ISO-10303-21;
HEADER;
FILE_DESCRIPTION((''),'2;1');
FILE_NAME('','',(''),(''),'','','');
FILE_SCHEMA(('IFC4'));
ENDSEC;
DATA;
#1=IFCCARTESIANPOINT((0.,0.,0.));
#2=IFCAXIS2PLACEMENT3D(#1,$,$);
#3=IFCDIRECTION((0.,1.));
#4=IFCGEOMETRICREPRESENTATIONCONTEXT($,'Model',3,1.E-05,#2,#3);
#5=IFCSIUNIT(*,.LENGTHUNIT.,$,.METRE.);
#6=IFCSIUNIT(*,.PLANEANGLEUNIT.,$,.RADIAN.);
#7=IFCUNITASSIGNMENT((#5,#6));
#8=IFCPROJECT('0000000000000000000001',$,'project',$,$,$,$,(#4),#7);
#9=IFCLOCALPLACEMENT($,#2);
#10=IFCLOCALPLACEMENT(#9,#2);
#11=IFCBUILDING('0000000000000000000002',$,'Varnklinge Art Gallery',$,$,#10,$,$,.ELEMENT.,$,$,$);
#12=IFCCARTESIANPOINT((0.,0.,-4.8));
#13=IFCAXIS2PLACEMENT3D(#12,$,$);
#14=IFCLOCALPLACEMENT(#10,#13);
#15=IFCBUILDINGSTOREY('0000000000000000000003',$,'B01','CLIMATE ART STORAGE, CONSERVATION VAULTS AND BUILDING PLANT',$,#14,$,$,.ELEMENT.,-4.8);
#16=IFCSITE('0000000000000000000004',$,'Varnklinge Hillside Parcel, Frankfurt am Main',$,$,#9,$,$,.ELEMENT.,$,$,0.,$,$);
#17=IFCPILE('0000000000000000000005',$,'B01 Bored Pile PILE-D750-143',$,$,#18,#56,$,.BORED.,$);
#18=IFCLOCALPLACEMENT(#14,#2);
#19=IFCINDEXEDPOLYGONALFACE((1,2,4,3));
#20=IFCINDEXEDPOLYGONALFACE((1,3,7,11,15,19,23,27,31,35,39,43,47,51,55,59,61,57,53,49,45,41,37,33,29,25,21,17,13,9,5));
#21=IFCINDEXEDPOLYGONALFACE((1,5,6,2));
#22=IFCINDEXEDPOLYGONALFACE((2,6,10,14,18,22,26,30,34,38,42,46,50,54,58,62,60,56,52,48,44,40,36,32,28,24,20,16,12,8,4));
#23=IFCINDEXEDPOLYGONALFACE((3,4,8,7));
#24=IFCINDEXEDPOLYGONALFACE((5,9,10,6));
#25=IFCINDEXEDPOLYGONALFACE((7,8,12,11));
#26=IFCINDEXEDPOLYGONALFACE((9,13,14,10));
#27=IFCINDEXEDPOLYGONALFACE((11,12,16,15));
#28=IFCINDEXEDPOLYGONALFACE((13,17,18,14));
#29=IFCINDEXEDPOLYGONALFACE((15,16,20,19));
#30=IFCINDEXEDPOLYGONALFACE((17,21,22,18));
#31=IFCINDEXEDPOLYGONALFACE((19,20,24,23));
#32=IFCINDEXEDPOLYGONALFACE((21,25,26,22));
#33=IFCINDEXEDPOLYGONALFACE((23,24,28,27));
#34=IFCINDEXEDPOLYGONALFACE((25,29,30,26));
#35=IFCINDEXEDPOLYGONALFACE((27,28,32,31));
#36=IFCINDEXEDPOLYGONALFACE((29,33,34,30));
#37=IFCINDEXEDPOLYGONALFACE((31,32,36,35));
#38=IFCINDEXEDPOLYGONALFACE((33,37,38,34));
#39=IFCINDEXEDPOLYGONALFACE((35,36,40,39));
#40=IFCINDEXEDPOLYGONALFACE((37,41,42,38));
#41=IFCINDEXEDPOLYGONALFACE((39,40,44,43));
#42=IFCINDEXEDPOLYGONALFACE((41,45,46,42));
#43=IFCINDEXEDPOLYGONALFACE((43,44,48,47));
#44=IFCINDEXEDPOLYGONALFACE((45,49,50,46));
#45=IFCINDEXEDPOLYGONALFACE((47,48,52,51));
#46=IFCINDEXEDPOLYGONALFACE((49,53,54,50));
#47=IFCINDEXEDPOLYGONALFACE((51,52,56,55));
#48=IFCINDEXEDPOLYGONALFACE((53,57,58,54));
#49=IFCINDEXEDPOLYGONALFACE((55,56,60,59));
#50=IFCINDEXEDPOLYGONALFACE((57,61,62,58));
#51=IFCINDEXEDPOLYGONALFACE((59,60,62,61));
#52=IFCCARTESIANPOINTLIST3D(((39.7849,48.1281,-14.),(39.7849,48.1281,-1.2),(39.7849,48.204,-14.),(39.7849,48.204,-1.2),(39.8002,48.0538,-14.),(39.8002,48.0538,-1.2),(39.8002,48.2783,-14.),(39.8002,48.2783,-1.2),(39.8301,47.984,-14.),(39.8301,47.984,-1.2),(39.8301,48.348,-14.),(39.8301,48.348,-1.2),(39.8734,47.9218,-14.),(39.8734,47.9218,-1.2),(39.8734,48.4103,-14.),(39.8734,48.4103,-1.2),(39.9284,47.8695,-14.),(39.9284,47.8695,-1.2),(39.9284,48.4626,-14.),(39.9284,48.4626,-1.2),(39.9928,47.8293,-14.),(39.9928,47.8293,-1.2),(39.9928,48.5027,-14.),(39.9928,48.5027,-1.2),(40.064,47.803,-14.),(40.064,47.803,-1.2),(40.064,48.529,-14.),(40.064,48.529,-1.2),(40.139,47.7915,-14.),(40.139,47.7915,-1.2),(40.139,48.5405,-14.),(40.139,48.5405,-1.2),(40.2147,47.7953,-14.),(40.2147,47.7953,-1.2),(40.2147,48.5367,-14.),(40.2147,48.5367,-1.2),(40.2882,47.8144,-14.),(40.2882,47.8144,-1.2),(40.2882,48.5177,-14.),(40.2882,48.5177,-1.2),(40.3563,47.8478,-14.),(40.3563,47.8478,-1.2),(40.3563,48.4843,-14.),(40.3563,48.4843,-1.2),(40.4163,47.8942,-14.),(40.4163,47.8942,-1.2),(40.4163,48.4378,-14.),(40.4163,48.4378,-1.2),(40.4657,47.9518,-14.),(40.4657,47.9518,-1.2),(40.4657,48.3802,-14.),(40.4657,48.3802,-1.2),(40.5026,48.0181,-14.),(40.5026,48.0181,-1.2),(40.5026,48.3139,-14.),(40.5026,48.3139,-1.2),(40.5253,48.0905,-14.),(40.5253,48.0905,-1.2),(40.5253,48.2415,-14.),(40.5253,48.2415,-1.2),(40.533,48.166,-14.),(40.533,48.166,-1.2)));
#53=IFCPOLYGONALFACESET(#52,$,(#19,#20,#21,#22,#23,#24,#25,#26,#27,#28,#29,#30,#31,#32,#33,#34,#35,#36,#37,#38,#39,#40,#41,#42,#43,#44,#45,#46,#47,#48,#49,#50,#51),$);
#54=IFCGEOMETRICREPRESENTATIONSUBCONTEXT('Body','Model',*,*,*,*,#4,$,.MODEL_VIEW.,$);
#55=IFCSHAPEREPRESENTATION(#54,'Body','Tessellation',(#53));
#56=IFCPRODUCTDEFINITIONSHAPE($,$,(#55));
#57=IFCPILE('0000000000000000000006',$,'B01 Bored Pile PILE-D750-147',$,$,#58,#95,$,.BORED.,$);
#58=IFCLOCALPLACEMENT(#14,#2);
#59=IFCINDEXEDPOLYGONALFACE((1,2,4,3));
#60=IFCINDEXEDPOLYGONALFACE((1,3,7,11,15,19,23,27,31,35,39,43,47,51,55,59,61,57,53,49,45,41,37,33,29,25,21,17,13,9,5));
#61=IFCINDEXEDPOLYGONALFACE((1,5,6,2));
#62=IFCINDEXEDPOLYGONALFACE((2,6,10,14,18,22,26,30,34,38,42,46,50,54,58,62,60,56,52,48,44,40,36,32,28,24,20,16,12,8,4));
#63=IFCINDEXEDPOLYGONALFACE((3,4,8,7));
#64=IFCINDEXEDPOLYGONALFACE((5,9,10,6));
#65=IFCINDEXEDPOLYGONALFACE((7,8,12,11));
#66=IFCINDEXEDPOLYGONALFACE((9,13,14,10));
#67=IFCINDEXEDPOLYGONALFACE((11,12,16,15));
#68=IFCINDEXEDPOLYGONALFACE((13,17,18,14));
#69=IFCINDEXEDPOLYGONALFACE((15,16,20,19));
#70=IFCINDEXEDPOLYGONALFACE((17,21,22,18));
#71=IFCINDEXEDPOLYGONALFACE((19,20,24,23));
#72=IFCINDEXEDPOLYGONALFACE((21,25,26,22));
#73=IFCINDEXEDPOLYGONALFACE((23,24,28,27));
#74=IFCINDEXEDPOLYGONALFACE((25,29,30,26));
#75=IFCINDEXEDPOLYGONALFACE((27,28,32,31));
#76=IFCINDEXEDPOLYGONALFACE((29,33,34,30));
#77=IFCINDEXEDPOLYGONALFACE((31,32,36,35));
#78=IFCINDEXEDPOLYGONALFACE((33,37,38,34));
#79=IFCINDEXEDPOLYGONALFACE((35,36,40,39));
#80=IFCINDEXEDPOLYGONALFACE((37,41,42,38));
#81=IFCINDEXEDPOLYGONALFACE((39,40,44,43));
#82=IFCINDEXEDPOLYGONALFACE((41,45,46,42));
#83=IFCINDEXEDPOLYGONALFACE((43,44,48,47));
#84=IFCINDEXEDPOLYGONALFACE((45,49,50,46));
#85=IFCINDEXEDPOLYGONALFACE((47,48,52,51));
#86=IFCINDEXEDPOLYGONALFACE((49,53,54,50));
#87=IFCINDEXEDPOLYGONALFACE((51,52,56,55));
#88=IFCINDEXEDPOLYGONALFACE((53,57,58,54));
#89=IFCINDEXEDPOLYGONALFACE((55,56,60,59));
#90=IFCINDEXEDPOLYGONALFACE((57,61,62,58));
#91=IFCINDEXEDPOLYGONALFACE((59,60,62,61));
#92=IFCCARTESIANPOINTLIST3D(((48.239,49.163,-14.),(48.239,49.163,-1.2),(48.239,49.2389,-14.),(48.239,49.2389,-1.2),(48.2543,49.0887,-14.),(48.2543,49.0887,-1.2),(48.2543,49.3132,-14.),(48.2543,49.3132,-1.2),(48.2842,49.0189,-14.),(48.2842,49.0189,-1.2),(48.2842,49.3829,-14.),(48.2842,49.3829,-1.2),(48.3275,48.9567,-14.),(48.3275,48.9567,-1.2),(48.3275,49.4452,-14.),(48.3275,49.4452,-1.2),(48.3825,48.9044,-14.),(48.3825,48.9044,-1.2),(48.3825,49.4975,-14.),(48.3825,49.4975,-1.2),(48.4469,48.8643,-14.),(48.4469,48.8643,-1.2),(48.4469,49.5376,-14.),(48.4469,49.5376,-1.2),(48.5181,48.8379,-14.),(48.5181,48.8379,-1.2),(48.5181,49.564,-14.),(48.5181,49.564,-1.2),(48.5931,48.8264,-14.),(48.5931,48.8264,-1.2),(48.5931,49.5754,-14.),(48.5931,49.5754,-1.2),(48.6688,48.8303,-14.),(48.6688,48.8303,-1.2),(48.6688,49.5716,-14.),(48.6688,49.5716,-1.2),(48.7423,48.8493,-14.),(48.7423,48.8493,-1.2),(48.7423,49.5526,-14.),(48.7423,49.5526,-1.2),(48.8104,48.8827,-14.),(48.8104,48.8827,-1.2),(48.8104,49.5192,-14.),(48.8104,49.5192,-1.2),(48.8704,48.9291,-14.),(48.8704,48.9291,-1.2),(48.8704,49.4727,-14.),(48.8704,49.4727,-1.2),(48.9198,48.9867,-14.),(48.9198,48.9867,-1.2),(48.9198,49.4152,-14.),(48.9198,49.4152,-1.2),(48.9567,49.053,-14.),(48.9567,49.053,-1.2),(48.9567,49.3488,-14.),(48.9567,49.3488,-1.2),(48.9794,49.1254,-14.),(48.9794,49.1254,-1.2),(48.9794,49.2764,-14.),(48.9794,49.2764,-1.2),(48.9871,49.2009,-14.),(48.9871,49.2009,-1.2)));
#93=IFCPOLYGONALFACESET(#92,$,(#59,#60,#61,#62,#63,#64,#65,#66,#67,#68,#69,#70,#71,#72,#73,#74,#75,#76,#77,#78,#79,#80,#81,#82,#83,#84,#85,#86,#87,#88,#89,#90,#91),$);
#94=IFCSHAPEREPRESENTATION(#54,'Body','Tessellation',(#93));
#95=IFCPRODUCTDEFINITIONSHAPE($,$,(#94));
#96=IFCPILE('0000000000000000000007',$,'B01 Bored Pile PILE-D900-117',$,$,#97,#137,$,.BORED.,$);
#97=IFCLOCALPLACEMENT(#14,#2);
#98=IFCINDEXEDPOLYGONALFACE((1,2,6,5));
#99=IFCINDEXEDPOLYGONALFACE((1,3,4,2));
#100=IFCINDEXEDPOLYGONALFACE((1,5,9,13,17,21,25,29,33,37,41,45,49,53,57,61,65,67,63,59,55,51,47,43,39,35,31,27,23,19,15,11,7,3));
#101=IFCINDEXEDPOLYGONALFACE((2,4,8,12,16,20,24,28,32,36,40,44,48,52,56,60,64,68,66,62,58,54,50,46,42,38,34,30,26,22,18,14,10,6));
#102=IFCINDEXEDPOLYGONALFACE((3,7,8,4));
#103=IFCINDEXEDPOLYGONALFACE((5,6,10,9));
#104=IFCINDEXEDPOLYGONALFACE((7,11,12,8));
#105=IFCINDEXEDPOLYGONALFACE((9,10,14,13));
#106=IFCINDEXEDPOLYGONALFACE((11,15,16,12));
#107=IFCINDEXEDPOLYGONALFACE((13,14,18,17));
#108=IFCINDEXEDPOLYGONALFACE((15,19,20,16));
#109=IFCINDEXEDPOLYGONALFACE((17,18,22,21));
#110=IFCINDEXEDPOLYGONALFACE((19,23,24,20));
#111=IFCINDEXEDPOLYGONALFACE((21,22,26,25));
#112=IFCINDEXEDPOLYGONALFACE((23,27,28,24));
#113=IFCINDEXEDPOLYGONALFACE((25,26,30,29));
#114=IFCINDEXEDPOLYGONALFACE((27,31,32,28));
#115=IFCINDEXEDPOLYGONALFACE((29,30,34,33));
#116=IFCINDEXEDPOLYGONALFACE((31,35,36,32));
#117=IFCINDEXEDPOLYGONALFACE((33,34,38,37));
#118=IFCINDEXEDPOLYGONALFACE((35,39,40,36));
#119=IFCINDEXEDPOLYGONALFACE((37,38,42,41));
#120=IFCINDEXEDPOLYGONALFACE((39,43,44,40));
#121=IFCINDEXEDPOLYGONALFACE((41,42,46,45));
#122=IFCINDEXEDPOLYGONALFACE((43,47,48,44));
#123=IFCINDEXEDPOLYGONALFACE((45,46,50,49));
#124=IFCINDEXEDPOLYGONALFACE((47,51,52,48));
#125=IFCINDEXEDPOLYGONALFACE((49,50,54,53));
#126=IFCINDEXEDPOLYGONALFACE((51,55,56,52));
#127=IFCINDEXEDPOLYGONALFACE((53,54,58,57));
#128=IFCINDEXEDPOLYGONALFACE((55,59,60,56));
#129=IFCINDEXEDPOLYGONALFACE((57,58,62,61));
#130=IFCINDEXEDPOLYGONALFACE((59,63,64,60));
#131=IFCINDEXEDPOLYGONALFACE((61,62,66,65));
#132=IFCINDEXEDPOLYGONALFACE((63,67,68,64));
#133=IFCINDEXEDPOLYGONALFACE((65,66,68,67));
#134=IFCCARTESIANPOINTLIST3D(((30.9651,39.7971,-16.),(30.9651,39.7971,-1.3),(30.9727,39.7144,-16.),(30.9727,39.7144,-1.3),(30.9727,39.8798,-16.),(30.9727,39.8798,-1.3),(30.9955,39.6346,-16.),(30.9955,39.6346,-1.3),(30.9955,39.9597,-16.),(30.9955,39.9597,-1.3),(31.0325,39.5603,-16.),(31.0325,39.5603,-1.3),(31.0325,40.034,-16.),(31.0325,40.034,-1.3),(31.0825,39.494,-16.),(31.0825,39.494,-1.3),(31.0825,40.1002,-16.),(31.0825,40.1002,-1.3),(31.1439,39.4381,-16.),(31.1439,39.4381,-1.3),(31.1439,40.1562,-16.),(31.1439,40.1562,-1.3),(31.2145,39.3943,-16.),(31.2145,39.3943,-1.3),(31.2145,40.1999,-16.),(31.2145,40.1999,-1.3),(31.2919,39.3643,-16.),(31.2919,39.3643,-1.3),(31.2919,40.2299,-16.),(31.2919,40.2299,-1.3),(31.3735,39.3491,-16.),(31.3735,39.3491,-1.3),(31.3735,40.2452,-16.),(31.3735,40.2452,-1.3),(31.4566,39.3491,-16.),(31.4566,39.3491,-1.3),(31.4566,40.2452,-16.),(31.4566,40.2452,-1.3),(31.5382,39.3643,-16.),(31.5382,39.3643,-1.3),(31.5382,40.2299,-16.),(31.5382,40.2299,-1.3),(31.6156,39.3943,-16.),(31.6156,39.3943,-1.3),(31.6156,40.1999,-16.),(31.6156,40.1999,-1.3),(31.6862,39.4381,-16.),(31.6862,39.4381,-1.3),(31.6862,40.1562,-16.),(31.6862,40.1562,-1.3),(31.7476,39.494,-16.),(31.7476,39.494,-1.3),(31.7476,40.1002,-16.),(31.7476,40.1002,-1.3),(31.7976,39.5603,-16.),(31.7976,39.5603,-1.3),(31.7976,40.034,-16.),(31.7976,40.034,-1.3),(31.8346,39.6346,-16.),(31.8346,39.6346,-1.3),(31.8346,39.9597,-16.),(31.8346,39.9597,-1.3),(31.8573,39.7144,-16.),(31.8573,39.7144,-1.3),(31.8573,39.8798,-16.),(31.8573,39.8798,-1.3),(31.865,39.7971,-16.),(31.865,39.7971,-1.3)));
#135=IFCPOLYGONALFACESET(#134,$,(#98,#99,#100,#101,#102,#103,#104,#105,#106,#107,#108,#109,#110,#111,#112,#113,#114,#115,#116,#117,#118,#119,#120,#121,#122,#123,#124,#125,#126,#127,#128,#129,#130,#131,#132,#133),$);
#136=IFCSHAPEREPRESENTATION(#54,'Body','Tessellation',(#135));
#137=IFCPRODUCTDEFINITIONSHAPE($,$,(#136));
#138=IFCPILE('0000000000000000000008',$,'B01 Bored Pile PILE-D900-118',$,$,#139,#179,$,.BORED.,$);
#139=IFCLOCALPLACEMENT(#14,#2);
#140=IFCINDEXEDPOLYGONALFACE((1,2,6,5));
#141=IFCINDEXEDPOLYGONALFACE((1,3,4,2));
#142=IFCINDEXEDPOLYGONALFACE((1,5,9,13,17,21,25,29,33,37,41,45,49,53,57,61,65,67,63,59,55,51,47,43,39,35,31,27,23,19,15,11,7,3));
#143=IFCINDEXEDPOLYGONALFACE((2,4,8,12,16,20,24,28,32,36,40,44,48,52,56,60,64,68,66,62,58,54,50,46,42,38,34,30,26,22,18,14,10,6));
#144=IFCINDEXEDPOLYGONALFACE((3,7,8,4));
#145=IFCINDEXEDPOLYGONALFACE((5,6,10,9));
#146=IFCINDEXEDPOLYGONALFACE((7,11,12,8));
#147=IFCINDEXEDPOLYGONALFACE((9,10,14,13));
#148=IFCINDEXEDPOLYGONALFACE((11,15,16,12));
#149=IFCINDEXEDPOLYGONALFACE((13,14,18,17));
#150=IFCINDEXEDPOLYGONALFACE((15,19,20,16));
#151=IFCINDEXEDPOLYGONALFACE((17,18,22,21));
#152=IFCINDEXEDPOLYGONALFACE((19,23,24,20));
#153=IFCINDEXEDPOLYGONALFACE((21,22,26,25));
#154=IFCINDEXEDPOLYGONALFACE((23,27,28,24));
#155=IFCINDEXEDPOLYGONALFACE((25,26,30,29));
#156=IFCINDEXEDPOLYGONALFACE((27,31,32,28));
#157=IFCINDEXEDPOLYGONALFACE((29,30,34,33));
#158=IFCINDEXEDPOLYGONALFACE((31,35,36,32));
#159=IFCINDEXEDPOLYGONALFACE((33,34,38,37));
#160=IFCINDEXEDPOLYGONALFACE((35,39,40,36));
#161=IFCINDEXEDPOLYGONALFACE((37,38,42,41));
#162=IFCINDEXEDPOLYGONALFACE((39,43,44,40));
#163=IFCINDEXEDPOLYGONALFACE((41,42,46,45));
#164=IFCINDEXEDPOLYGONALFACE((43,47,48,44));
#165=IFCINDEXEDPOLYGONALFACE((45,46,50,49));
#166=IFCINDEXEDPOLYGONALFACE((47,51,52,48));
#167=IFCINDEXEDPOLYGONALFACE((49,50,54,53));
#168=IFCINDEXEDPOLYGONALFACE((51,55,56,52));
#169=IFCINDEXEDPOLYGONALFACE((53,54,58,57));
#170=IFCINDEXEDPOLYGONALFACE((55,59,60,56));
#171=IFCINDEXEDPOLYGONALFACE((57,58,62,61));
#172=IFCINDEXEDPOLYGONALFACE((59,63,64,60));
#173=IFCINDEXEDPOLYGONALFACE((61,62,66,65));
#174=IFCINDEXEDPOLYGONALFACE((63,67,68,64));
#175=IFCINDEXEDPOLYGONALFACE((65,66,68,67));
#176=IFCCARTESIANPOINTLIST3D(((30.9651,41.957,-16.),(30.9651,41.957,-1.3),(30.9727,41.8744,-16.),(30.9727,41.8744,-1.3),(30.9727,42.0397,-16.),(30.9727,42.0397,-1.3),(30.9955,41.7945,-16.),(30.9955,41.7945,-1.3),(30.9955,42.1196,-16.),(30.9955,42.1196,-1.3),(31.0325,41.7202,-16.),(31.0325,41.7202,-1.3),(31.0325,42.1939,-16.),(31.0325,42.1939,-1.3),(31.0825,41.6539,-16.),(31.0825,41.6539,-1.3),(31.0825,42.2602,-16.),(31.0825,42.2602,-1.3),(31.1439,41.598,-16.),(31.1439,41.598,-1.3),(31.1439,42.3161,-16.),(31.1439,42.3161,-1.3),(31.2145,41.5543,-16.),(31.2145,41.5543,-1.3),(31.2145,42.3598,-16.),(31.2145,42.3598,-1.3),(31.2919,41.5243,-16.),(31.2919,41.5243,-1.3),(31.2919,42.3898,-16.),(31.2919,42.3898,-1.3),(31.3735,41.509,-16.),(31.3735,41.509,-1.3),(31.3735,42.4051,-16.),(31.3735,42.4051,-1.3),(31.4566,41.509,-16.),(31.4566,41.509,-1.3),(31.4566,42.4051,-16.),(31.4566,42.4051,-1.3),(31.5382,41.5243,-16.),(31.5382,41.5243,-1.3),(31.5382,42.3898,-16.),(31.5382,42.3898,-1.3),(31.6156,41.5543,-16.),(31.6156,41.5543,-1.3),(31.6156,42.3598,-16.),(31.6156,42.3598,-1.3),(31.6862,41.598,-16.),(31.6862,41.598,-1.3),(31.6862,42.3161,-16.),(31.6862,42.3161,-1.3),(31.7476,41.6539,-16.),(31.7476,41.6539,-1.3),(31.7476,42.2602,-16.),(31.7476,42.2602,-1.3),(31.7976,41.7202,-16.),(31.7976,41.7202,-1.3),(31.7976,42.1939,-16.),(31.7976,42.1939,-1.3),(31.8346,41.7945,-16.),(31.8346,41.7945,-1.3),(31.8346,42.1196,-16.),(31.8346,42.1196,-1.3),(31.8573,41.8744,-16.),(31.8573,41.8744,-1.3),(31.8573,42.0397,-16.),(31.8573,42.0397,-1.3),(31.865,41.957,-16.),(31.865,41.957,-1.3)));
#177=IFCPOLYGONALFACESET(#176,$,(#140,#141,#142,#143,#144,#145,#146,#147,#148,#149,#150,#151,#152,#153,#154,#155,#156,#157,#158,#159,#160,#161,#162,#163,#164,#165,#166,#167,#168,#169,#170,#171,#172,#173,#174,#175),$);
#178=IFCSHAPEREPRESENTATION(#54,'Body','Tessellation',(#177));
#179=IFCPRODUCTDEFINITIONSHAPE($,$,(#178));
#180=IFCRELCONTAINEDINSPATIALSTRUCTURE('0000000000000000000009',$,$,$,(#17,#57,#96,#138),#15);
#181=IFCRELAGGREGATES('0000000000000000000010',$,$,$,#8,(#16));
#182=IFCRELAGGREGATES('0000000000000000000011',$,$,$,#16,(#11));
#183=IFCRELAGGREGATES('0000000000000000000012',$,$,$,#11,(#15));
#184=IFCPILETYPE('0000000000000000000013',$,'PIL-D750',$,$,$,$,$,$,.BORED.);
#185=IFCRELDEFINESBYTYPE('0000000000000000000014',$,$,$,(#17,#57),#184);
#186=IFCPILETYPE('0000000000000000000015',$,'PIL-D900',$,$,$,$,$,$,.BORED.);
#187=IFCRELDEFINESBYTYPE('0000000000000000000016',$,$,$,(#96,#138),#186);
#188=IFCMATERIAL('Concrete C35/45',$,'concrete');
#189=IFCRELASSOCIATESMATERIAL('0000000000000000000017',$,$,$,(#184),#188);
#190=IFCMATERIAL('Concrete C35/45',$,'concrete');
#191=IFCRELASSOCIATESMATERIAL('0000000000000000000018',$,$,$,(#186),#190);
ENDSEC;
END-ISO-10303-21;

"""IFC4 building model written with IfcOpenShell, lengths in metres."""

from ifc_helpers import new_model, si_unit, direction, frame, origin, origin_2d, place, context, subcontext, project, spatial, circle, extrude, material, material_profile, profile_set, type_object, element, save


model = new_model("IFC4")

# Units and contexts
model_context = context("Model", 3, precision=1e-05, world=origin(), true_north=direction((0.0, 1.0)))
body_context = subcontext(model_context, "Body", "Model", "MODEL_VIEW")
ifc_project = project(units=[si_unit("LENGTHUNIT", "METRE"), si_unit("PLANEANGLEUNIT", "RADIAN")], contexts=[model_context])

# Site, building, storey
site_placement = place(None, origin())
site = spatial("IfcSite", under=ifc_project, at=site_placement, Name="Varnklinge Hillside Parcel, Frankfurt am Main", CompositionType="ELEMENT", RefElevation=0.0)
building_placement = place(site_placement, origin())
building = spatial("IfcBuilding", under=site, at=building_placement, Name="Varnklinge Art Gallery", CompositionType="ELEMENT")
storey_placement = place(building_placement, frame((0.0, 0.0, -4.8)))
storey = spatial("IfcBuildingStorey", under=building, at=storey_placement, Name="B01", Description="CLIMATE ART STORAGE, CONSERVATION VAULTS AND BUILDING PLANT", CompositionType="ELEMENT", Elevation=-4.8)

# Piles
ifc_material_1 = material(Name="Concrete C35/45", Category="concrete")
ifc_material_profile_1 = material_profile(ifc_material_1, circle(Radius=0.375, at=origin_2d()), Name="PILE D750")
ifc_profile_set_1 = profile_set([ifc_material_profile_1], Name="Concrete C35/45")
pile_type_1 = type_object("IfcPileType", Name="PIL-D750", PredefinedType="BORED", material=ifc_profile_set_1)
for number, where, z_axis, x_axis, name in (
    (1, (40.158, 48.166, -1.2), (0.0, 0.0, -1.0), (1.0, 0.0, 0.0), "B01 Bored Pile PILE-D750-143"),
    (2, (48.6121, 49.2009, -1.2), (0.0, 0.0, -1.0), (1.0, 0.0, 0.0), "B01 Bored Pile PILE-D750-147"),
):
    element("IfcPile", number, at=place(storey_placement, frame(where, z_axis=z_axis, x_axis=x_axis)), inside=storey, type_object=pile_type_1, Name=name, PredefinedType="BORED", context=body_context, shape_type="SweptSolid", body=[
        extrude(circle(Radius=0.375, at=origin_2d()), origin(), (0.0, 0.0, 1.0), 12.8),
    ])
ifc_material_2 = material(Name="Concrete C35/45", Category="concrete")
ifc_material_profile_2 = material_profile(ifc_material_2, circle(Radius=0.45, at=origin_2d()), Name="PILE D900")
ifc_profile_set_2 = profile_set([ifc_material_profile_2], Name="Concrete C35/45")
pile_type_2 = type_object("IfcPileType", Name="PIL-D900", PredefinedType="BORED", material=ifc_profile_set_2)
for number, where, z_axis, x_axis, name in (
    (3, (31.415, 39.7971, -1.3), (0.0, 0.0, -1.0), (1.0, 0.0, 0.0), "B01 Bored Pile PILE-D900-117"),
    (4, (31.415, 41.957, -1.3), (0.0, 0.0, -1.0), (1.0, 0.0, 0.0), "B01 Bored Pile PILE-D900-118"),
):
    element("IfcPile", number, at=place(storey_placement, frame(where, z_axis=z_axis, x_axis=x_axis)), inside=storey, type_object=pile_type_2, Name=name, PredefinedType="BORED", context=body_context, shape_type="SweptSolid", body=[
        extrude(circle(Radius=0.45, at=origin_2d()), origin(), (0.0, 0.0, 1.0), 14.7),
    ])

save(model, "model.ifc")
